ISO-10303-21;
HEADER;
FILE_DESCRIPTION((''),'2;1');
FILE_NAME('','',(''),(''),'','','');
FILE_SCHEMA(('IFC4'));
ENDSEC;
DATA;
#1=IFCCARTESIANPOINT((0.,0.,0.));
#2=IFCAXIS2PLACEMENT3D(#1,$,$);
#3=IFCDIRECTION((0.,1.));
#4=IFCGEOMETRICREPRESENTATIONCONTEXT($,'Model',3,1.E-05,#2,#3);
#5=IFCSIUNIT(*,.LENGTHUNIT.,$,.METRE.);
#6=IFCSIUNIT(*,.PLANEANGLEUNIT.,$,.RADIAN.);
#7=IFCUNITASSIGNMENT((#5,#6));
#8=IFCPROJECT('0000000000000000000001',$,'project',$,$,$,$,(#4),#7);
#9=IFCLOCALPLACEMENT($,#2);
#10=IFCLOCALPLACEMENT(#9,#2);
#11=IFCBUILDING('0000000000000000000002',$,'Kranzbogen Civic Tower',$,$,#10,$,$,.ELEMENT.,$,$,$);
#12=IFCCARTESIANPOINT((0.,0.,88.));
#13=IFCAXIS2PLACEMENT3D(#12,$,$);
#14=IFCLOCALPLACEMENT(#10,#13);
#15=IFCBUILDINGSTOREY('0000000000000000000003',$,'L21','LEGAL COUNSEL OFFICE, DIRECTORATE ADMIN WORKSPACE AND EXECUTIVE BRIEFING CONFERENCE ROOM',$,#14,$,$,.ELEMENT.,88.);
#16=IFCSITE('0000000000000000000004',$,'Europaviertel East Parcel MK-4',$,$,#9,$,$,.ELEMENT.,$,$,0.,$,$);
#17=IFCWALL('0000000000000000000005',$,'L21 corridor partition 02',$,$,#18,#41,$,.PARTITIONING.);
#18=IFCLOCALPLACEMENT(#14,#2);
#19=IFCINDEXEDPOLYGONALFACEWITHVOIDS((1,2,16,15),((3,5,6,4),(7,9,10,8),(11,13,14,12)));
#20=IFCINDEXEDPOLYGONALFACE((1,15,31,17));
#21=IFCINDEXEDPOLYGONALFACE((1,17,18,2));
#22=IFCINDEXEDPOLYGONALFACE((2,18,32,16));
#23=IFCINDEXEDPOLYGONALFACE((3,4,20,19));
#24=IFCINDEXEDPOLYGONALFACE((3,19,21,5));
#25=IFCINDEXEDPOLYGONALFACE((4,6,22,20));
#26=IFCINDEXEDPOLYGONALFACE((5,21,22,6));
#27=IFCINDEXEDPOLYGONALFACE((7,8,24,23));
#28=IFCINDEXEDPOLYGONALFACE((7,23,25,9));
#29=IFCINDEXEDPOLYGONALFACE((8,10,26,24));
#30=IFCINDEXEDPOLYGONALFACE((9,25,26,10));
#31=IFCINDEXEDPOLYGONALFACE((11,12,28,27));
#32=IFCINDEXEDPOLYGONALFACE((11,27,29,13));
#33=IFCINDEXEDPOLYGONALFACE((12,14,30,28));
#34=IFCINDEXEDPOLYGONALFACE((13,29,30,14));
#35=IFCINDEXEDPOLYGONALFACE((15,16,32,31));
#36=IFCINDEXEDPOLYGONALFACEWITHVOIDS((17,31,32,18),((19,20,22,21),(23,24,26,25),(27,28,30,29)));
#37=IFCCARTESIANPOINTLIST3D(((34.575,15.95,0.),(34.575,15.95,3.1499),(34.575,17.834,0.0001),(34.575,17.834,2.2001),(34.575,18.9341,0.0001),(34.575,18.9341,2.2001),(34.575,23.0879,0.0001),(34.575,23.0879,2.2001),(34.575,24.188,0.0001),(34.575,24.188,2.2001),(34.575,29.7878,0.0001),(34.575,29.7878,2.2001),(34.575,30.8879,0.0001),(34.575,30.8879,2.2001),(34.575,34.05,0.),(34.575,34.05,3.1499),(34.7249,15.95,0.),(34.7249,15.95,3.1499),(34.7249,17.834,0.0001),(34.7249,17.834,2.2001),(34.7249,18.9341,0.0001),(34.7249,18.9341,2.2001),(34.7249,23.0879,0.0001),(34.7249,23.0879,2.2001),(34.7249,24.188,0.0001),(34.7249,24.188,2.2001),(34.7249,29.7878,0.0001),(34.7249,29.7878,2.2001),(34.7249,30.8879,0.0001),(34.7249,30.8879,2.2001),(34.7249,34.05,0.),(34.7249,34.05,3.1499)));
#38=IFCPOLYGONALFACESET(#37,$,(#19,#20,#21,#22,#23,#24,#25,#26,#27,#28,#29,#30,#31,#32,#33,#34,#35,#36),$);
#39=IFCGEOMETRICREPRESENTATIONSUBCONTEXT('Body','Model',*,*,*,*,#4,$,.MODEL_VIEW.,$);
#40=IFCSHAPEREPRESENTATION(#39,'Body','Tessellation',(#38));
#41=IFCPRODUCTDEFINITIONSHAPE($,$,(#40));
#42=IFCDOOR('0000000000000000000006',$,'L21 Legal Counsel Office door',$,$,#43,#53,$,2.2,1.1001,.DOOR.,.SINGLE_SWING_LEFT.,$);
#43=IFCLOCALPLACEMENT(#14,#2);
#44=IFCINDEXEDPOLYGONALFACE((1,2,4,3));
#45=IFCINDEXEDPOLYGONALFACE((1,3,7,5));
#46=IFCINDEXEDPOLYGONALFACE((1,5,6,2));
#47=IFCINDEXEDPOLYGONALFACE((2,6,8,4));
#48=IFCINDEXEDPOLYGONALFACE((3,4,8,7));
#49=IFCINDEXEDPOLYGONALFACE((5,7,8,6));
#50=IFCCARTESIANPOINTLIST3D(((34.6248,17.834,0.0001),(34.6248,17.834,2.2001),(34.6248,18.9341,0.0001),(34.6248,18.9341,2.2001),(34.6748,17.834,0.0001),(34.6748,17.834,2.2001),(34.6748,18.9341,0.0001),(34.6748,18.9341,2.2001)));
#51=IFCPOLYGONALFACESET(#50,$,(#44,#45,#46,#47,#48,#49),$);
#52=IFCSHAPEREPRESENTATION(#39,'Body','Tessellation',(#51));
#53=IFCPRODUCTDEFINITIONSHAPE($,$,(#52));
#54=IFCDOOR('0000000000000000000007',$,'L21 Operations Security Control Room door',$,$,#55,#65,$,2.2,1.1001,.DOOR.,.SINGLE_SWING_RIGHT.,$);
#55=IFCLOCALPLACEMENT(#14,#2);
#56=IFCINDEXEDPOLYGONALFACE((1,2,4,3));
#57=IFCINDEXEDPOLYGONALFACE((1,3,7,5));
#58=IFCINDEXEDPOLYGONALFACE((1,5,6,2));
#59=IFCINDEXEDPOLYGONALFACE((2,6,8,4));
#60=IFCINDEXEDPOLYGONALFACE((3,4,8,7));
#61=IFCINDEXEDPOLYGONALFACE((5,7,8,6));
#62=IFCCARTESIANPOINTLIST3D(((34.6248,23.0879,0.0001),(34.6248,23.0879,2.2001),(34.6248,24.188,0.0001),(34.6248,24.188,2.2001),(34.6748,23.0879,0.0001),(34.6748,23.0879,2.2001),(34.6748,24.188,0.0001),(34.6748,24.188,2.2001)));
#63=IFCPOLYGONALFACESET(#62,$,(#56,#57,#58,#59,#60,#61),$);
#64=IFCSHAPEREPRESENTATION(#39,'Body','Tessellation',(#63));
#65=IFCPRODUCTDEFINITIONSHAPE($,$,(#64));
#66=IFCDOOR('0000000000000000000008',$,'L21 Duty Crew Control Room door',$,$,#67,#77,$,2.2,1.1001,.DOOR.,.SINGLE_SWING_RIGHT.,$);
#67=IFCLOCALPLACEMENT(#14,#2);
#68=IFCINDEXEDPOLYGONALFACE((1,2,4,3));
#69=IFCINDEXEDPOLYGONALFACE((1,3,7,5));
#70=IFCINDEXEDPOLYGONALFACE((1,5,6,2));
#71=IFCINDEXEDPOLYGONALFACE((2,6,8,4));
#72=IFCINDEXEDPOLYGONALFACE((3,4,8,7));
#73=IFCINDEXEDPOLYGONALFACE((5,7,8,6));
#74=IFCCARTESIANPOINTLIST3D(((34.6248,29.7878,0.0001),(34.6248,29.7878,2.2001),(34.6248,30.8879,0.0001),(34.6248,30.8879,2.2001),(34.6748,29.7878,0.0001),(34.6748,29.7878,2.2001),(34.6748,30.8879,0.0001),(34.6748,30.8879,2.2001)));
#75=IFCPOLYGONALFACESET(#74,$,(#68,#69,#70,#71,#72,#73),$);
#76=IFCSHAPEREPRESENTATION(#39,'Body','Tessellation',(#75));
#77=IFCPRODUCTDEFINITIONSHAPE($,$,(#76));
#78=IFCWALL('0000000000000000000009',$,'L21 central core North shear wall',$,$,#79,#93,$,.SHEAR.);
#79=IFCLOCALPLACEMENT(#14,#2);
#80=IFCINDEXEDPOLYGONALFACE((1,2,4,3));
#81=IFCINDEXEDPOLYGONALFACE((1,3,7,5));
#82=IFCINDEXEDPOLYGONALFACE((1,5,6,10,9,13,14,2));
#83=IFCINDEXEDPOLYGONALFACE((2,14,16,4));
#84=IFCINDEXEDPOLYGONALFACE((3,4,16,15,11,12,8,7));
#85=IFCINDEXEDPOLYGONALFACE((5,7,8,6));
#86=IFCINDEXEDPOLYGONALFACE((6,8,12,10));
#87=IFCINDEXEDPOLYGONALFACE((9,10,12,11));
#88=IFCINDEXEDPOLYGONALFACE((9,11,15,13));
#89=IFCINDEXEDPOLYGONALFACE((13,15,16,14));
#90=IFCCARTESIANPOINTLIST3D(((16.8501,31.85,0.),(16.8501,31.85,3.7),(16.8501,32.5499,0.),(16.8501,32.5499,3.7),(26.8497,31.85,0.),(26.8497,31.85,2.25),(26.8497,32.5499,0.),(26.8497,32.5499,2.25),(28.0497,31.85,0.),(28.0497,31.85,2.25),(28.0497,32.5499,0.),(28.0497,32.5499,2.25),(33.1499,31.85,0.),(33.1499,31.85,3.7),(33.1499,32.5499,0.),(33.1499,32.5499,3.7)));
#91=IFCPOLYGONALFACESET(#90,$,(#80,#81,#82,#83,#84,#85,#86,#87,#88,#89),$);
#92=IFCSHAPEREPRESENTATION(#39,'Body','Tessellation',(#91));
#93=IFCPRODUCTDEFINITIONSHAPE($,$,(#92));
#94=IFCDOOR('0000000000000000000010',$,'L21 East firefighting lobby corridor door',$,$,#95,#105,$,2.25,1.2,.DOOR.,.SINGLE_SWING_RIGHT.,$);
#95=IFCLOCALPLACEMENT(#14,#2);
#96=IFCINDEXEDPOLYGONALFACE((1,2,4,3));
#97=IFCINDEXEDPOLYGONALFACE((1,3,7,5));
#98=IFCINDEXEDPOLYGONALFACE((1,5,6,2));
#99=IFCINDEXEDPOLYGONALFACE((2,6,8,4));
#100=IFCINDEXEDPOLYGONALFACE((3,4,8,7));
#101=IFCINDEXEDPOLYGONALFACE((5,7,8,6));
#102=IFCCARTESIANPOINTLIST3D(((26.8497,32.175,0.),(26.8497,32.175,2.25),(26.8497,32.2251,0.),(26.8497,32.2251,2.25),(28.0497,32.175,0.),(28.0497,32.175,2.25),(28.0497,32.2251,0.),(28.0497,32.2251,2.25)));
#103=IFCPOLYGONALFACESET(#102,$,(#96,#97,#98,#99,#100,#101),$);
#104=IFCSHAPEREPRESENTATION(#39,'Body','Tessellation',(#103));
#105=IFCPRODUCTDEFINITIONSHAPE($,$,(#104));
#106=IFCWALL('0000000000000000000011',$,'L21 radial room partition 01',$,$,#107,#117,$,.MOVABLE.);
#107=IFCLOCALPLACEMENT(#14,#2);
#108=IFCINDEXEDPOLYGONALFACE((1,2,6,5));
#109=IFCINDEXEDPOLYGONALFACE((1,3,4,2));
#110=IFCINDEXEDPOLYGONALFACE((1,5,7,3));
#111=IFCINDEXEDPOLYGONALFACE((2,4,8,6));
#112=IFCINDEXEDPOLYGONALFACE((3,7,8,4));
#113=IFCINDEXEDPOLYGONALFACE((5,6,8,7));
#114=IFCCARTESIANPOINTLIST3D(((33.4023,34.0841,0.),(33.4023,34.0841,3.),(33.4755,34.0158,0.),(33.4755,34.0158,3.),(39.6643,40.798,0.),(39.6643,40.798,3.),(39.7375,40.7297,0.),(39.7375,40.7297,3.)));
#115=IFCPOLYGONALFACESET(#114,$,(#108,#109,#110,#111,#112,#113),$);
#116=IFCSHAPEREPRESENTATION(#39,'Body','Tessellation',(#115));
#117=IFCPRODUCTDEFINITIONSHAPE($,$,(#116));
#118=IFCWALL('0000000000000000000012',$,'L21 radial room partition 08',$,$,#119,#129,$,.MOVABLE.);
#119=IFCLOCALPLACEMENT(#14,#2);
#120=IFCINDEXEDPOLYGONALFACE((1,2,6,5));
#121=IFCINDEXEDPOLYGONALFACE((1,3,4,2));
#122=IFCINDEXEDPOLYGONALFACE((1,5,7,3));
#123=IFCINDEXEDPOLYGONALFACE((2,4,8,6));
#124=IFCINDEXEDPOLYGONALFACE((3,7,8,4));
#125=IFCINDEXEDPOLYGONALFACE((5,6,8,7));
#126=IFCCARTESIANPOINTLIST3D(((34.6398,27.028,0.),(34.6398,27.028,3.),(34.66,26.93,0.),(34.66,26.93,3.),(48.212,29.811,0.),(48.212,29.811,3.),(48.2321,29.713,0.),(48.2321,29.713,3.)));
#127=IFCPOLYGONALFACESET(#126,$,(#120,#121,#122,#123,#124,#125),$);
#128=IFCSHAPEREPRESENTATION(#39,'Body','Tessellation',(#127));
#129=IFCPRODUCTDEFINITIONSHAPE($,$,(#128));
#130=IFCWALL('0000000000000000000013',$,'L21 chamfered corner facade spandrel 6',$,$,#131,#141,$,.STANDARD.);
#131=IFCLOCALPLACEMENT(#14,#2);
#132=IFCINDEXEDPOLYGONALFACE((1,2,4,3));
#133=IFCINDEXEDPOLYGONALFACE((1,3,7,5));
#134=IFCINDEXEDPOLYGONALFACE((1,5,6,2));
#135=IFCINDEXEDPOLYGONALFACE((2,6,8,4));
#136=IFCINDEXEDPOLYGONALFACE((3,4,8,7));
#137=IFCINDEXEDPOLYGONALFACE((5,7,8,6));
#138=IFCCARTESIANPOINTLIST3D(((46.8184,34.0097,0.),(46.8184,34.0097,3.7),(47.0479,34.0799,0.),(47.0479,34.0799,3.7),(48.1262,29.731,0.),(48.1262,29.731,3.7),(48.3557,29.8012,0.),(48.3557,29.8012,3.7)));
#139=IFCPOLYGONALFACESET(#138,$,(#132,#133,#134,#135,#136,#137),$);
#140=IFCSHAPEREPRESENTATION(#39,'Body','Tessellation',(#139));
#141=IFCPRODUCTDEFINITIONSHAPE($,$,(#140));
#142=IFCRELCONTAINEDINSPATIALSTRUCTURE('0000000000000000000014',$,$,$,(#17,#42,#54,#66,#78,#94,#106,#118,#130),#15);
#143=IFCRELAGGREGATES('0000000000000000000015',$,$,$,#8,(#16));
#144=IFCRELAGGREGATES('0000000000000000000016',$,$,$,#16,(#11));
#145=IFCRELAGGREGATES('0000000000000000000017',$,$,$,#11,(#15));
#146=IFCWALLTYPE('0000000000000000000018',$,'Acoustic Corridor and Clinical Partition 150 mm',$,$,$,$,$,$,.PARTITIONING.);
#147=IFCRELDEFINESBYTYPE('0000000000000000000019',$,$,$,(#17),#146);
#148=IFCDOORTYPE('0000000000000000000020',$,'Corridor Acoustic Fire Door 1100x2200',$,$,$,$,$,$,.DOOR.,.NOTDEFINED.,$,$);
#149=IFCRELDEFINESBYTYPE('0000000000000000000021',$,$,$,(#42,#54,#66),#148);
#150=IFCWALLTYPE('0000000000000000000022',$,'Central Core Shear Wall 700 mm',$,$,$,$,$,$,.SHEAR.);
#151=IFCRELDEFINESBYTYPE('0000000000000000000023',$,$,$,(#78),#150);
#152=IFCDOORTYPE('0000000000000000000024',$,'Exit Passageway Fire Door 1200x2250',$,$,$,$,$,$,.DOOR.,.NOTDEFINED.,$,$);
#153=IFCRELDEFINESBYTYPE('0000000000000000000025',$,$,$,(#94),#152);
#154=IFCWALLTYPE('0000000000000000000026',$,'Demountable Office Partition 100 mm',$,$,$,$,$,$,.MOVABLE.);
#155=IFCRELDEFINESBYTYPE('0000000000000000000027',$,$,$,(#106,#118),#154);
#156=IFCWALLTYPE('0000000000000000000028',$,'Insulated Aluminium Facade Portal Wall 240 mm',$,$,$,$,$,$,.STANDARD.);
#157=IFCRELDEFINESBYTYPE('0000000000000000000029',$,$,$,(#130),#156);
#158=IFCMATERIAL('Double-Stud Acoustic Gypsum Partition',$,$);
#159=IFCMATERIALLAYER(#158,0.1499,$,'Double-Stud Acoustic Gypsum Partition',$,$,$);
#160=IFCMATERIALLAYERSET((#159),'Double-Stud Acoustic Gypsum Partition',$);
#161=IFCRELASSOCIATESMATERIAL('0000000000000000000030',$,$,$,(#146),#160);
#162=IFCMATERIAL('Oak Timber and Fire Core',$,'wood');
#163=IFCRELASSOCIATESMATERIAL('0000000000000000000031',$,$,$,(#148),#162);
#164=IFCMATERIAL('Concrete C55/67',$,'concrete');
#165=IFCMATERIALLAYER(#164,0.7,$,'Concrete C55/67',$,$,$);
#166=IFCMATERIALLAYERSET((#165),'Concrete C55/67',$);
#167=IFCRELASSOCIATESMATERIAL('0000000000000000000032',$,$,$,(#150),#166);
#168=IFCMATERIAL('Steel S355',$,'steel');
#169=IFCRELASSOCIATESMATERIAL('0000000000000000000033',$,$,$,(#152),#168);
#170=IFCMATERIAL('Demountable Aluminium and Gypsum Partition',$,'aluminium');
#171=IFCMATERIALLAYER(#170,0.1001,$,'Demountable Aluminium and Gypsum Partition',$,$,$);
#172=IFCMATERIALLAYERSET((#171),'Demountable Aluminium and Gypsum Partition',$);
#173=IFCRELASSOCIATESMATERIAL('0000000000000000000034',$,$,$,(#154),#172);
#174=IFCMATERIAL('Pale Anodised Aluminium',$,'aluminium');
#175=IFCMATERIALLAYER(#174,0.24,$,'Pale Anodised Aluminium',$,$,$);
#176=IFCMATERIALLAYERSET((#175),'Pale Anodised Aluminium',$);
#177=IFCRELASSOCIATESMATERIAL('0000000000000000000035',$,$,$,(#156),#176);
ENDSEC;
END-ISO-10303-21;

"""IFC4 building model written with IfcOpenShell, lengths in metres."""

from ifc_helpers import new_model, si_unit, direction, frame, frame_2d, origin, place, context, subcontext, project, spatial, rectangle, extrude, material, layer, layer_set, type_object, element, fill, save


model = new_model("IFC4")

# Units and contexts
model_context = context("Model", 3, precision=1e-05, world=origin(), true_north=direction((0.0, 1.0)))
body_context = subcontext(model_context, "Body", "Model", "MODEL_VIEW")
ifc_project = project(units=[si_unit("LENGTHUNIT", "METRE"), si_unit("PLANEANGLEUNIT", "RADIAN")], contexts=[model_context])

# Site, building, storey
site_placement = place(None, origin())
site = spatial("IfcSite", under=ifc_project, at=site_placement, Name="Europaviertel East Parcel MK-4", CompositionType="ELEMENT", RefElevation=0.0)
building_placement = place(site_placement, origin())
building = spatial("IfcBuilding", under=site, at=building_placement, Name="Kranzbogen Civic Tower", CompositionType="ELEMENT")
storey_placement = place(building_placement, frame((0.0, 0.0, 88.0)))
storey = spatial("IfcBuildingStorey", under=building, at=storey_placement, Name="L21", Description="LEGAL COUNSEL OFFICE, DIRECTORATE ADMIN WORKSPACE AND EXECUTIVE BRIEFING CONFERENCE ROOM", CompositionType="ELEMENT", Elevation=88.0)

# Shared definitions
ifc_material_1 = material(Name="Steel S355", Category="steel")

# Shared definitions
ifc_material_2 = material(Name="Pale Anodised Aluminium", Category="aluminium")

# Wall, openings, doors
ifc_material_3 = material(Name="Double-Stud Acoustic Gypsum Partition")
ifc_layer_1 = layer(ifc_material_3, 0.1499, Name="Double-Stud Acoustic Gypsum Partition")
ifc_layer_set_1 = layer_set([ifc_layer_1], Name="Double-Stud Acoustic Gypsum Partition")
wall_type_1 = type_object("IfcWallType", Name="Acoustic Corridor and Clinical Partition 150 mm", PredefinedType="PARTITIONING", material=ifc_layer_set_1)
wall_1_placement = place(storey_placement, frame((34.6499, 34.05, 0.0), z_axis=(0.0, 0.0, 1.0), x_axis=(0.0, -1.0, 0.0)))
wall_1 = element("IfcWall", 1, at=wall_1_placement, inside=storey, type_object=wall_type_1, Name="L21 corridor partition 02", PredefinedType="PARTITIONING", context=body_context, shape_type="SweptSolid", body=[
    extrude(rectangle(XDim=18.1001, YDim=0.1499, at=frame_2d((9.05, 0.0))), origin(), (0.0, 0.0, 1.0), 3.1499),
])
opening_1_placement = place(wall_1_placement, frame((15.116, 0.0, 0.0)))
opening_1 = element("IfcOpeningElement", 2, at=opening_1_placement, cuts=wall_1, PredefinedType="OPENING", context=body_context, shape_type="SweptSolid", body=[
    extrude(rectangle(XDim=1.1001, YDim=2.2, at=frame_2d((0.55, 1.1001))), frame((0.0, 0.085, 0.0), z_axis=(0.0, -1.0, 0.0), x_axis=(1.0, 0.0, 0.0)), (0.0, 0.0, 1.0), 0.1699),
])
opening_2_placement = place(wall_1_placement, frame((9.8621, 0.0, 0.0)))
opening_2 = element("IfcOpeningElement", 3, at=opening_2_placement, cuts=wall_1, PredefinedType="OPENING", context=body_context, shape_type="SweptSolid", body=[
    extrude(rectangle(XDim=1.1001, YDim=2.2, at=frame_2d((0.55, 1.1001))), frame((0.0, 0.085, 0.0), z_axis=(0.0, -1.0, 0.0), x_axis=(1.0, 0.0, 0.0)), (0.0, 0.0, 1.0), 0.1699),
])
opening_3_placement = place(wall_1_placement, frame((3.1621, 0.0, 0.0)))
opening_3 = element("IfcOpeningElement", 4, at=opening_3_placement, cuts=wall_1, PredefinedType="OPENING", context=body_context, shape_type="SweptSolid", body=[
    extrude(rectangle(XDim=1.1001, YDim=2.2, at=frame_2d((0.55, 1.1001))), frame((0.0, 0.085, 0.0), z_axis=(0.0, -1.0, 0.0), x_axis=(1.0, 0.0, 0.0)), (0.0, 0.0, 1.0), 0.1699),
])
ifc_material_4 = material(Name="Oak Timber and Fire Core", Category="wood")
door_type_1 = type_object("IfcDoorType", Name="Corridor Acoustic Fire Door 1100x2200", OperationType="NOTDEFINED", PredefinedType="DOOR", material=ifc_material_4)
door_1_placement = place(opening_1_placement, origin())
door_1 = element("IfcDoor", 5, at=door_1_placement, inside=storey, type_object=door_type_1, Name="L21 Legal Counsel Office door", OperationType="SINGLE_SWING_LEFT", OverallHeight=2.2, OverallWidth=1.1001, PredefinedType="DOOR", context=body_context, shape_type="SweptSolid", body=[
    extrude(rectangle(XDim=1.1001, YDim=2.2, at=frame_2d((0.55, 1.1001))), frame((0.0, 0.0249, 0.0), z_axis=(0.0, -1.0, 0.0), x_axis=(1.0, 0.0, 0.0)), (0.0, 0.0, 1.0), 0.05),
])
fill(opening_1, door_1)
door_2_placement = place(opening_2_placement, origin())
door_2 = element("IfcDoor", 6, at=door_2_placement, inside=storey, type_object=door_type_1, Name="L21 Operations Security Control Room door", OperationType="SINGLE_SWING_RIGHT", OverallHeight=2.2, OverallWidth=1.1001, PredefinedType="DOOR", context=body_context, shape_type="SweptSolid", body=[
    extrude(rectangle(XDim=1.1001, YDim=2.2, at=frame_2d((0.55, 1.1001))), frame((0.0, 0.0249, 0.0), z_axis=(0.0, -1.0, 0.0), x_axis=(1.0, 0.0, 0.0)), (0.0, 0.0, 1.0), 0.05),
])
fill(opening_2, door_2)
door_3_placement = place(opening_3_placement, origin())
door_3 = element("IfcDoor", 7, at=door_3_placement, inside=storey, type_object=door_type_1, Name="L21 Duty Crew Control Room door", OperationType="SINGLE_SWING_RIGHT", OverallHeight=2.2, OverallWidth=1.1001, PredefinedType="DOOR", context=body_context, shape_type="SweptSolid", body=[
    extrude(rectangle(XDim=1.1001, YDim=2.2, at=frame_2d((0.55, 1.1001))), frame((0.0, 0.0249, 0.0), z_axis=(0.0, -1.0, 0.0), x_axis=(1.0, 0.0, 0.0)), (0.0, 0.0, 1.0), 0.05),
])
fill(opening_3, door_3)

# Wall, opening, door
ifc_material_5 = material(Name="Concrete C55/67", Category="concrete")
ifc_layer_2 = layer(ifc_material_5, 0.7, Name="Concrete C55/67")
ifc_layer_set_2 = layer_set([ifc_layer_2], Name="Concrete C55/67")
wall_type_2 = type_object("IfcWallType", Name="Central Core Shear Wall 700 mm", PredefinedType="SHEAR", material=ifc_layer_set_2)
wall_2_placement = place(storey_placement, frame((33.1499, 32.2, 0.0), z_axis=(0.0, 0.0, 1.0), x_axis=(-1.0, 0.0, 0.0)))
wall_2 = element("IfcWall", 8, at=wall_2_placement, inside=storey, type_object=wall_type_2, Name="L21 central core North shear wall", PredefinedType="SHEAR", context=body_context, shape_type="SweptSolid", body=[
    extrude(rectangle(XDim=16.2998, YDim=0.7, at=frame_2d((8.1499, 0.0))), origin(), (0.0, 0.0, 1.0), 3.7),
])
opening_4_placement = place(wall_2_placement, frame((5.1001, 0.0, 0.0)))
opening_4 = element("IfcOpeningElement", 9, at=opening_4_placement, cuts=wall_2, PredefinedType="OPENING", context=body_context, shape_type="SweptSolid", body=[
    extrude(rectangle(XDim=1.2, YDim=2.25, at=frame_2d((0.6001, 1.125))), frame((0.0, 0.3599, 0.0), z_axis=(0.0, -1.0, 0.0), x_axis=(1.0, 0.0, 0.0)), (0.0, 0.0, 1.0), 0.72),
])
door_type_2 = type_object("IfcDoorType", Name="Exit Passageway Fire Door 1200x2250", OperationType="NOTDEFINED", PredefinedType="DOOR", material=ifc_material_1)
door_4_placement = place(opening_4_placement, origin())
door_4 = element("IfcDoor", 10, at=door_4_placement, inside=storey, type_object=door_type_2, Name="L21 East firefighting lobby corridor door", OperationType="SINGLE_SWING_RIGHT", OverallHeight=2.25, OverallWidth=1.2, PredefinedType="DOOR", context=body_context, shape_type="SweptSolid", body=[
    extrude(rectangle(XDim=1.2, YDim=2.25, at=frame_2d((0.6001, 1.125))), frame((0.0, 0.0249, 0.0), z_axis=(0.0, -1.0, 0.0), x_axis=(1.0, 0.0, 0.0)), (0.0, 0.0, 1.0), 0.05),
])
fill(opening_4, door_4)

# Walls
ifc_material_6 = material(Name="Demountable Aluminium and Gypsum Partition", Category="aluminium")
ifc_layer_3 = layer(ifc_material_6, 0.1001, Name="Demountable Aluminium and Gypsum Partition")
ifc_layer_set_3 = layer_set([ifc_layer_3], Name="Demountable Aluminium and Gypsum Partition")
wall_type_3 = type_object("IfcWallType", Name="Demountable Office Partition 100 mm", PredefinedType="MOVABLE", material=ifc_layer_set_3)
wall_3_placement = place(storey_placement, frame((33.439, 34.05, 0.0), z_axis=(0.0, 0.0, 1.0), x_axis=(0.682067, 0.73129, 0.0)))
element("IfcWall", 11, at=wall_3_placement, inside=storey, type_object=wall_type_3, Name="L21 radial room partition 01", PredefinedType="MOVABLE", context=body_context, shape_type="SweptSolid", body=[
    extrude(rectangle(XDim=9.1809, YDim=0.1001, at=frame_2d((4.5903, 0.0))), origin(), (0.0, 0.0, 1.0), 3.0),
])
wall_4_placement = place(storey_placement, frame((34.6499, 26.979, 0.0), z_axis=(0.0, 0.0, 1.0), x_axis=(0.979618, 0.200872, 0.0)))
element("IfcWall", 12, at=wall_4_placement, inside=storey, type_object=wall_type_3, Name="L21 radial room partition 08", PredefinedType="MOVABLE", context=body_context, shape_type="SweptSolid", body=[
    extrude(rectangle(XDim=13.8545, YDim=0.1001, at=frame_2d((6.9272, 0.0))), origin(), (0.0, 0.0, 1.0), 3.0),
])
ifc_layer_4 = layer(ifc_material_2, 0.24, Name="Pale Anodised Aluminium")
ifc_layer_set_4 = layer_set([ifc_layer_4], Name="Pale Anodised Aluminium")
wall_type_4 = type_object("IfcWallType", Name="Insulated Aluminium Facade Portal Wall 240 mm", PredefinedType="STANDARD", material=ifc_layer_set_4)
wall_5_placement = place(storey_placement, frame((48.241, 29.7661, 0.0), z_axis=(0.0, 0.0, 1.0), x_axis=(-0.29231, 0.956324, 0.0)))
element("IfcWall", 13, at=wall_5_placement, inside=storey, type_object=wall_type_4, Name="L21 chamfered corner facade spandrel 6", PredefinedType="STANDARD", context=body_context, shape_type="SweptSolid", body=[
    extrude(rectangle(XDim=4.4741, YDim=0.24, at=frame_2d((2.2371, 0.0))), origin(), (0.0, 0.0, 1.0), 3.7),
])

save(model, "model.ifc")
